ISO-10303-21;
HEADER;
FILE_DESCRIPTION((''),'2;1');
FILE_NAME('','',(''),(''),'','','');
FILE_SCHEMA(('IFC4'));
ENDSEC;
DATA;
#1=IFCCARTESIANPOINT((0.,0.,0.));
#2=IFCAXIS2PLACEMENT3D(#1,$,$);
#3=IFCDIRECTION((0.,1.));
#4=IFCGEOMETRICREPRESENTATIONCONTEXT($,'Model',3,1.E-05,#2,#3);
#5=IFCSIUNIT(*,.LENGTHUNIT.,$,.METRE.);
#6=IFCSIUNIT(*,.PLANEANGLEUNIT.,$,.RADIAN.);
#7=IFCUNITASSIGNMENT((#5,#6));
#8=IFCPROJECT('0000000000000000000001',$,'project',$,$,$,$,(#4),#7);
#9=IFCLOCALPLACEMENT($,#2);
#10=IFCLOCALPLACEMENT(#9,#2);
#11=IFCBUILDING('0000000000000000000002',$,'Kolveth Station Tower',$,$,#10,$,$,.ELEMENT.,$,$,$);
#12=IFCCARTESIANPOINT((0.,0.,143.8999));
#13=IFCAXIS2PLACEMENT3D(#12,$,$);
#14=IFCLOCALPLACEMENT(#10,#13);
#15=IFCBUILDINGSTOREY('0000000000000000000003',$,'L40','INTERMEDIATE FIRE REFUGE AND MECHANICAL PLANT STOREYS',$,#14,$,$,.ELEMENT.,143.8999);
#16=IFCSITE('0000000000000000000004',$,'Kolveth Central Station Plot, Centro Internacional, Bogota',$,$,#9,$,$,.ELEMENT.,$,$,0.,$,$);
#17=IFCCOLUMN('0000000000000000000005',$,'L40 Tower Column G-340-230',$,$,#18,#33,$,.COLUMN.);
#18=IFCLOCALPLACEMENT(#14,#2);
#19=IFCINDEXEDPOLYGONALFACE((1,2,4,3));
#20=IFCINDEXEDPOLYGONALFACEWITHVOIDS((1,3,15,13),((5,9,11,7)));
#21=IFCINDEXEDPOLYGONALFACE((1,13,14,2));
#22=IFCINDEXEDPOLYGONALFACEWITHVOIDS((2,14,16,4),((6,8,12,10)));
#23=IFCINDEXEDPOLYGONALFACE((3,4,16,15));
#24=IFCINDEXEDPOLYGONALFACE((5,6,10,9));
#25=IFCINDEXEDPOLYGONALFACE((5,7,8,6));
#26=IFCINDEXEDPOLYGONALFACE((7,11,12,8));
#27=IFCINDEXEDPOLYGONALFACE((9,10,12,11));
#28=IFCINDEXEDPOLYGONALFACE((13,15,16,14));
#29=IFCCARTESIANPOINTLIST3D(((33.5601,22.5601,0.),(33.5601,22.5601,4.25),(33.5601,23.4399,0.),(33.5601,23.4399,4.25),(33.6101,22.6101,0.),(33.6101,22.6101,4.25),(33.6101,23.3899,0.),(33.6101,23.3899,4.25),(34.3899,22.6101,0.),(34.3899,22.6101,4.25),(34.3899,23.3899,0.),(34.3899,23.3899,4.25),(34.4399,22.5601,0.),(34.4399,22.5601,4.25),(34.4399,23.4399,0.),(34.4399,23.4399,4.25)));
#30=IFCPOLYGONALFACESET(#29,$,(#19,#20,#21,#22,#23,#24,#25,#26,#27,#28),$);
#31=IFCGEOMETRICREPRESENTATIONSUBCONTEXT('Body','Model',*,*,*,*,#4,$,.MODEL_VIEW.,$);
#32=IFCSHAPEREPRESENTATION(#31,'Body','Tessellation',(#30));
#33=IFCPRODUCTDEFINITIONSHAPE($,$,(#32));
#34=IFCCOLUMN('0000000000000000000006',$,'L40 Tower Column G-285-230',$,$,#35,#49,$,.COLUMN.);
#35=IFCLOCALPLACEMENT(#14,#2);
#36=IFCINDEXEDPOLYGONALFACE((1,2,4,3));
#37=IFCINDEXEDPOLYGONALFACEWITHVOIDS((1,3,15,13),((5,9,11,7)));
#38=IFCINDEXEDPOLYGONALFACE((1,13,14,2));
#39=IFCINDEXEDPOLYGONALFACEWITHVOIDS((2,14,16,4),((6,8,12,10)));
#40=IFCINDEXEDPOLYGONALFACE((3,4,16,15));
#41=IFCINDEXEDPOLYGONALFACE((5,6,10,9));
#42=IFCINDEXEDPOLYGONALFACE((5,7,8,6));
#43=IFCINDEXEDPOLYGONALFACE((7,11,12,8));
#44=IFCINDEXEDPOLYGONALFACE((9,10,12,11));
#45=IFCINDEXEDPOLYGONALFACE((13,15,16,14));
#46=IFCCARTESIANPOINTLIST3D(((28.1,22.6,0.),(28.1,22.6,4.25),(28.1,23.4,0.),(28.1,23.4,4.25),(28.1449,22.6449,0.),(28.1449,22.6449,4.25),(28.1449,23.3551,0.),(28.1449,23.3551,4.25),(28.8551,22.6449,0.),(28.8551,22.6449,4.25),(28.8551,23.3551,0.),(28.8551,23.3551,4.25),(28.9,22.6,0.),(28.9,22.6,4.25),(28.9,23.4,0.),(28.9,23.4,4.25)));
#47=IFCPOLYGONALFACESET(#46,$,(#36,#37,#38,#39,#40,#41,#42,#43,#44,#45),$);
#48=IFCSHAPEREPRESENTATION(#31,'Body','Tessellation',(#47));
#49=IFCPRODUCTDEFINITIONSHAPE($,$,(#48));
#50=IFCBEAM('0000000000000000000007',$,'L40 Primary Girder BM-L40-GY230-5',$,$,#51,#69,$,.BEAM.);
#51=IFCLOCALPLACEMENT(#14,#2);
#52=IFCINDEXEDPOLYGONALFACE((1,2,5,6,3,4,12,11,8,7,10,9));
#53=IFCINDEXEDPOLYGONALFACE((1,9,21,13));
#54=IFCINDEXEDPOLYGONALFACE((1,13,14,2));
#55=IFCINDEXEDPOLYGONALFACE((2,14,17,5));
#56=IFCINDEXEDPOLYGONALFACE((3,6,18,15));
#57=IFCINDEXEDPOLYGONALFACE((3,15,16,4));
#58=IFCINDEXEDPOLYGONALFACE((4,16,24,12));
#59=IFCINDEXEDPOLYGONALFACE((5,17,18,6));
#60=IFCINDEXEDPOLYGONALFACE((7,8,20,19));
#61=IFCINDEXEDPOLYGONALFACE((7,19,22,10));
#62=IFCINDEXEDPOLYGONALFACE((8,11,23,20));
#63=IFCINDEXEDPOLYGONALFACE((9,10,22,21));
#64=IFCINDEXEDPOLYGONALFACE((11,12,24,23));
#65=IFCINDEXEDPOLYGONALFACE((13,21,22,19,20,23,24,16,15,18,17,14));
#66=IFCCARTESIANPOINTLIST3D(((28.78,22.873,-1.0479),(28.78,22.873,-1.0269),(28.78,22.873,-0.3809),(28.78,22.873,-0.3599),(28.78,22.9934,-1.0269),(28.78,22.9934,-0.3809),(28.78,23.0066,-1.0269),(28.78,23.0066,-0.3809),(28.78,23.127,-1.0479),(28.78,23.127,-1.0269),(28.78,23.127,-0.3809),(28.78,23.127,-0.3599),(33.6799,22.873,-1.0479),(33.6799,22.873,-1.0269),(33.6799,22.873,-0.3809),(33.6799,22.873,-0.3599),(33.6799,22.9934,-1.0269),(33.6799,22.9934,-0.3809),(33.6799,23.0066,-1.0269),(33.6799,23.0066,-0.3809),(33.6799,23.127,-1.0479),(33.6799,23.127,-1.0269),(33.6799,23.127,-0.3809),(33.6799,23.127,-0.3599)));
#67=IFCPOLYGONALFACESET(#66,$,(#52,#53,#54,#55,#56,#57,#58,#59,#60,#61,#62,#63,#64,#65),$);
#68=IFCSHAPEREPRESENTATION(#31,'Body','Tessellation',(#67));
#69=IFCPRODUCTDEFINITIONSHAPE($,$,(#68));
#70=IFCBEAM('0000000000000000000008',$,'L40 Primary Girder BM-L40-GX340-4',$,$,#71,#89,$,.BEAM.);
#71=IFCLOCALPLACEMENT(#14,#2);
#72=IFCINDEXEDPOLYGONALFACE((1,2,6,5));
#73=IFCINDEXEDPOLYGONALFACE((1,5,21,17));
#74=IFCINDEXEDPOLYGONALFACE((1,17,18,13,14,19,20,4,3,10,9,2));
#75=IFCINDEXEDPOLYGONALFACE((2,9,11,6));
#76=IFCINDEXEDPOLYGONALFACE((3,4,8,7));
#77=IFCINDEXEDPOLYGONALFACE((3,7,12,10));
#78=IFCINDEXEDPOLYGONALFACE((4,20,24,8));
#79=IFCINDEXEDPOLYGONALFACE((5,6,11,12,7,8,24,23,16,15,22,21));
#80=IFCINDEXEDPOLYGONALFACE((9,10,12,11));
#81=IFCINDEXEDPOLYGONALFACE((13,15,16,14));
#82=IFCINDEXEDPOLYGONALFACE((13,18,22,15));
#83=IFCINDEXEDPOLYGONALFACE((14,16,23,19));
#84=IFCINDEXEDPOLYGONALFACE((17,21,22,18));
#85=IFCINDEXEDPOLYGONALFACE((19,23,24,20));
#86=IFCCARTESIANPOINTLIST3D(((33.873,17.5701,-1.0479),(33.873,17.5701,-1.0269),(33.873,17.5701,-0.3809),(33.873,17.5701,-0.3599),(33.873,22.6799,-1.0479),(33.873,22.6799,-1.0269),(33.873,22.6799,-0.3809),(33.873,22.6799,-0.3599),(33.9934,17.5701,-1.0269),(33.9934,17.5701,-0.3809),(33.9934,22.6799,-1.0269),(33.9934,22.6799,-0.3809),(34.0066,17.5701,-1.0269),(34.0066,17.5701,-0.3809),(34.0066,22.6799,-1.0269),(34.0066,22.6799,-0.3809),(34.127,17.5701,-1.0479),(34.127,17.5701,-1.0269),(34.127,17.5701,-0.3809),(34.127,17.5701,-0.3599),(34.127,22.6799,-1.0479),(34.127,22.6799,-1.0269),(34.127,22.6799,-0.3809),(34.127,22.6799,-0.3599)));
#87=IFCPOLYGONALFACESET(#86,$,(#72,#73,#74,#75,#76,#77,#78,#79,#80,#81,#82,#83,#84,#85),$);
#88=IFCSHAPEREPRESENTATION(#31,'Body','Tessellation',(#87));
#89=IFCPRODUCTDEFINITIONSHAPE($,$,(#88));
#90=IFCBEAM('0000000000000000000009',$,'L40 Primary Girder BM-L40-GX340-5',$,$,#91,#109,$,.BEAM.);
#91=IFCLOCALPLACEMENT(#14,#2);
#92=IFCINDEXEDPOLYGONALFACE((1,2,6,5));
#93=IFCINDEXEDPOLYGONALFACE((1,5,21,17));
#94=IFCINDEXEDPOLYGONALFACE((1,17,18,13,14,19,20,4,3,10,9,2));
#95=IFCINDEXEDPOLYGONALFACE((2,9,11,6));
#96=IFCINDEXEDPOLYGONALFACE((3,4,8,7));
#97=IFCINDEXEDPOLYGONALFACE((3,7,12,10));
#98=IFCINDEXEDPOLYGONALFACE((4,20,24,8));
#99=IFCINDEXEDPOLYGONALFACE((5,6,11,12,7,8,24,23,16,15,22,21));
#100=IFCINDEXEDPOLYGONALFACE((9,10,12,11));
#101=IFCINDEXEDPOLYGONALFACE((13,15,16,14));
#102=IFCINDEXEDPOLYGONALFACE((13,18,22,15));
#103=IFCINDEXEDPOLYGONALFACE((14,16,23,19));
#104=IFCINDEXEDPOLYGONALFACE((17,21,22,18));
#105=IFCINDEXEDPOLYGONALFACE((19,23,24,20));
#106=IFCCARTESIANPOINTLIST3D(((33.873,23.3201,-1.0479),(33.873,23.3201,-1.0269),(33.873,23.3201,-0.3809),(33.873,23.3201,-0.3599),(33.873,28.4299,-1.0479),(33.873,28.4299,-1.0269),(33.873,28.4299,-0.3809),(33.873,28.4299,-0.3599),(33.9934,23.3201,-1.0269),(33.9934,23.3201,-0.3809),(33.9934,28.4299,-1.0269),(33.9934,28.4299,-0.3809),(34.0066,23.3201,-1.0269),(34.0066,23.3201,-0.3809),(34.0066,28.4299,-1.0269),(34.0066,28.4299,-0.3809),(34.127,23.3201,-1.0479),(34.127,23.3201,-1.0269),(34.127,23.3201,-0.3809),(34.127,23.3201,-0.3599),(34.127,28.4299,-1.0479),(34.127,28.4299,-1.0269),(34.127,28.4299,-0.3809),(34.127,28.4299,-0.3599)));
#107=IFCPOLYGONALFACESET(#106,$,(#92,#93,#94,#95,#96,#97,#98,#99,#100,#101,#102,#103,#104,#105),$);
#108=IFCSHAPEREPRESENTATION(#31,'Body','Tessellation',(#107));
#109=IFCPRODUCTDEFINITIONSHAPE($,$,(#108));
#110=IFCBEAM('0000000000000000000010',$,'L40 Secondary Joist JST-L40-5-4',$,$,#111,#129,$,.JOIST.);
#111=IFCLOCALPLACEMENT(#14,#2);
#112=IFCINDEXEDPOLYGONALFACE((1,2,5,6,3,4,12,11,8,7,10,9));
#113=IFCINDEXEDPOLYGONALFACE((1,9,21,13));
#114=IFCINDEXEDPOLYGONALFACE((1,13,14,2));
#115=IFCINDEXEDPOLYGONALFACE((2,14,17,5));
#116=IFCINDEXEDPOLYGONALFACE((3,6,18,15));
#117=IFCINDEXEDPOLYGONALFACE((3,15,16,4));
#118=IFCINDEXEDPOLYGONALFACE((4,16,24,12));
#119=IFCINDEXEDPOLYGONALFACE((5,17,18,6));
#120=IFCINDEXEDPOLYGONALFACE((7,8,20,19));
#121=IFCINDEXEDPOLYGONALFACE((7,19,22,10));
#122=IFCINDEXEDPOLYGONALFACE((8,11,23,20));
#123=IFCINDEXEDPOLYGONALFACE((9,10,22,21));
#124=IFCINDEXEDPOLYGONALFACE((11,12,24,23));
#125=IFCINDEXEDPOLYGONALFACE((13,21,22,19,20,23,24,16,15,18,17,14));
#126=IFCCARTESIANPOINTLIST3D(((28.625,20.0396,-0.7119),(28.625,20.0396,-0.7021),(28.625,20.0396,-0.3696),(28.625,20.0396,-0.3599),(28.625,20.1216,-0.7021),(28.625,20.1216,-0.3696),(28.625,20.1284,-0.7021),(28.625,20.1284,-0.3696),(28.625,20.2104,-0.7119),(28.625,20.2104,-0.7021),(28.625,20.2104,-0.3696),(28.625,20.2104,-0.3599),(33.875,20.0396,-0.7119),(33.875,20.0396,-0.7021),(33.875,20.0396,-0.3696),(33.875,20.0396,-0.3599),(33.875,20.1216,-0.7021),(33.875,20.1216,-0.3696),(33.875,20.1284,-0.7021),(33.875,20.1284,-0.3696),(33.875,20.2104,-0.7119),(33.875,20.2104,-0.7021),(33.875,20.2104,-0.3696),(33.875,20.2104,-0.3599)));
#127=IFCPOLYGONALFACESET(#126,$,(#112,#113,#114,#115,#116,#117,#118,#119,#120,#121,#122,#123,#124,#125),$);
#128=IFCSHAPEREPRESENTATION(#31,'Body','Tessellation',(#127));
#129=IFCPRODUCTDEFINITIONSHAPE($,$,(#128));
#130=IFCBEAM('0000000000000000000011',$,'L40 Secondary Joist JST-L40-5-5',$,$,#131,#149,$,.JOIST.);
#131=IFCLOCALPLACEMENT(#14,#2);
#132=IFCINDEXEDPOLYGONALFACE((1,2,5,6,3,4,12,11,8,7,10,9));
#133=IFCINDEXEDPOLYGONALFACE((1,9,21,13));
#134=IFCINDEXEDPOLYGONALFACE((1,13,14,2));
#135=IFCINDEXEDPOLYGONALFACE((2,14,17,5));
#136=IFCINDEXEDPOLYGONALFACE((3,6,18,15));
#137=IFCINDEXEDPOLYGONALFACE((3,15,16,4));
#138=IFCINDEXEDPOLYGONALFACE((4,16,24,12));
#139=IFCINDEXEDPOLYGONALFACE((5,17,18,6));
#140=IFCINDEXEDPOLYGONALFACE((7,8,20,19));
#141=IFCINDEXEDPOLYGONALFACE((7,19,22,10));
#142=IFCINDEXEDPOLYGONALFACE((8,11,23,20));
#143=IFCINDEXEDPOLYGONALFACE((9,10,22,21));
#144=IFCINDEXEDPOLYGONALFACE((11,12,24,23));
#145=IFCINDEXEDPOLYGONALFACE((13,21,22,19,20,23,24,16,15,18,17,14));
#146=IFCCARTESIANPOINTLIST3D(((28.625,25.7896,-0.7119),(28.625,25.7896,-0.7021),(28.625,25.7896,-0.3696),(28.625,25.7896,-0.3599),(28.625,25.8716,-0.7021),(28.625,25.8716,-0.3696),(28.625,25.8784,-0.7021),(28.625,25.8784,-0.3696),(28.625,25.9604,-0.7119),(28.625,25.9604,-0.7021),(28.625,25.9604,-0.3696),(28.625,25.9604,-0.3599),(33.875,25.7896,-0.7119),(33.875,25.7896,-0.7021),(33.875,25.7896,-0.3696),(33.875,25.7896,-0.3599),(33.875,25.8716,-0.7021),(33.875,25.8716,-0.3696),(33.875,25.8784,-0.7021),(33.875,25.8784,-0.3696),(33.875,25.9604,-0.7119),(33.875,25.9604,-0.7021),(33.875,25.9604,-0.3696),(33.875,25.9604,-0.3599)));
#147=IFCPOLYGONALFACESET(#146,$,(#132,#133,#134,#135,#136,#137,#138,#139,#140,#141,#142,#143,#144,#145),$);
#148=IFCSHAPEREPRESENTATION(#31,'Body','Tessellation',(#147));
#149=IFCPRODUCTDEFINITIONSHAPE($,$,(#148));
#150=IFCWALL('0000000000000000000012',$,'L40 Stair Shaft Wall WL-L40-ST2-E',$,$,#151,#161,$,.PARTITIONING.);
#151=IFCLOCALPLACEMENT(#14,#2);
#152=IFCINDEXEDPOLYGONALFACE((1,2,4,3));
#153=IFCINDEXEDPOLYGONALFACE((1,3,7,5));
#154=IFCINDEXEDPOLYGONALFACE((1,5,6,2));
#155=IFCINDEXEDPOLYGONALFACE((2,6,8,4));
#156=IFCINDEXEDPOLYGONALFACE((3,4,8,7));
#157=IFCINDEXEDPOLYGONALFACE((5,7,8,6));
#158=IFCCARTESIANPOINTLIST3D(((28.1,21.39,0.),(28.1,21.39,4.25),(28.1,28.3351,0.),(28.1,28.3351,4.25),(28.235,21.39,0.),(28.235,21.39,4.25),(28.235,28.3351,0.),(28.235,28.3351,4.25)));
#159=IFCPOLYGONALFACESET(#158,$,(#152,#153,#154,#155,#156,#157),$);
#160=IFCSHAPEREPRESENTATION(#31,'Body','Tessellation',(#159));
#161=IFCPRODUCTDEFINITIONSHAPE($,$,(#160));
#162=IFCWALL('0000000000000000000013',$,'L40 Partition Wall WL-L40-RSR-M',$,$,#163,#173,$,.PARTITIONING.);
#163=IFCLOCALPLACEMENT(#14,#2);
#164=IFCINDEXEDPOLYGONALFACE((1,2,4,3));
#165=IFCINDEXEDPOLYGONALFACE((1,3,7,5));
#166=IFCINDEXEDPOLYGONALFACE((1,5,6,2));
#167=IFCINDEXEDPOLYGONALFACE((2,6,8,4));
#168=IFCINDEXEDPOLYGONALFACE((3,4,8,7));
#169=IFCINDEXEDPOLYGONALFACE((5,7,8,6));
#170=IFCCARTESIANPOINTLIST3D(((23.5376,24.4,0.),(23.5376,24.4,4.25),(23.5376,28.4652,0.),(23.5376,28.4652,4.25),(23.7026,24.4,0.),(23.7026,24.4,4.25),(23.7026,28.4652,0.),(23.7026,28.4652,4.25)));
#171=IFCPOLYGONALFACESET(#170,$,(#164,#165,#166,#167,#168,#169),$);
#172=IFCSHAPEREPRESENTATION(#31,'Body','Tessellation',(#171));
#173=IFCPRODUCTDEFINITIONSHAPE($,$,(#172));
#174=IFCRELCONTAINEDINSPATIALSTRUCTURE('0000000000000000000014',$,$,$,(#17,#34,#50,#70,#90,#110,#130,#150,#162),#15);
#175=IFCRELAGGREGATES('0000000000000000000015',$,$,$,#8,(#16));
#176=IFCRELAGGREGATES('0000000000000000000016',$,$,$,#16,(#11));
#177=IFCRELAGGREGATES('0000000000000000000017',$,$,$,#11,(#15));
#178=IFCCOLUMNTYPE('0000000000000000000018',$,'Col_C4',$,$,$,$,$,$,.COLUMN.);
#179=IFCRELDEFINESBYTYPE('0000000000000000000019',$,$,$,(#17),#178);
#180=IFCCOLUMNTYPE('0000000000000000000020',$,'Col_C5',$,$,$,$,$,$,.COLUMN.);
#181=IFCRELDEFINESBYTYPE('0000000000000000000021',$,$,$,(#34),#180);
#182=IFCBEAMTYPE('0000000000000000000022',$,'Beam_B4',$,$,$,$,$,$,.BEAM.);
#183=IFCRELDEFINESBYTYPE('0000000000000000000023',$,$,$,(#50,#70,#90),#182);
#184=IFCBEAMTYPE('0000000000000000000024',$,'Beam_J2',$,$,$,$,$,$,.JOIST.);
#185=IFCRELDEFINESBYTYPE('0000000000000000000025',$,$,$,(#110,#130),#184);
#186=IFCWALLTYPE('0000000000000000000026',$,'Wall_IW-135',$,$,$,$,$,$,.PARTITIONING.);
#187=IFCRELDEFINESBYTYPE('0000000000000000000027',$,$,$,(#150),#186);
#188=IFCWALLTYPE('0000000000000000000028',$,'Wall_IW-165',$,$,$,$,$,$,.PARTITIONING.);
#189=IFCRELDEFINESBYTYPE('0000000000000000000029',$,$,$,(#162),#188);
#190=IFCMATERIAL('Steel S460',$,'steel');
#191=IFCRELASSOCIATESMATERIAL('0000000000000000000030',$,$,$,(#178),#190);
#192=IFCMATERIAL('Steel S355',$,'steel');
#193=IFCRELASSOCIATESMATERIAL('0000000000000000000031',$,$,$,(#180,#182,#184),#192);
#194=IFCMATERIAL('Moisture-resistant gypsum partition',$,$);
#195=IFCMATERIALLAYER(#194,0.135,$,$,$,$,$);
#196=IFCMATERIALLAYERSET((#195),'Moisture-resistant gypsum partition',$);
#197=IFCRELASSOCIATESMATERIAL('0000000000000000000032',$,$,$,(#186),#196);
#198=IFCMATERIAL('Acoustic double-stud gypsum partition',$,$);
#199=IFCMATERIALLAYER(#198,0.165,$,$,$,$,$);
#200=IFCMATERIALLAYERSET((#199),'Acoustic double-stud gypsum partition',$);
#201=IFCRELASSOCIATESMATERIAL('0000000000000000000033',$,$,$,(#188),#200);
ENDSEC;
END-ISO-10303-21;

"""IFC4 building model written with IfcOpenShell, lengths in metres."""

from ifc_helpers import new_model, si_unit, direction, frame, frame_2d, origin, origin_2d, place, context, subcontext, project, spatial, rectangle, hollow_rectangle, i_section, extrude, source, transform, mapped, material, layer, layer_set, material_profile, profile_set, type_object, element, save


model = new_model("IFC4")

# Units and contexts
model_context = context("Model", 3, precision=1e-05, world=origin(), true_north=direction((0.0, 1.0)))
body_context = subcontext(model_context, "Body", "Model", "MODEL_VIEW")
ifc_project = project(units=[si_unit("LENGTHUNIT", "METRE"), si_unit("PLANEANGLEUNIT", "RADIAN")], contexts=[model_context])

# Site, building, storey
site_placement = place(None, origin())
site = spatial("IfcSite", under=ifc_project, at=site_placement, Name="Kolveth Central Station Plot, Centro Internacional, Bogota", CompositionType="ELEMENT", RefElevation=0.0)
building_placement = place(site_placement, origin())
building = spatial("IfcBuilding", under=site, at=building_placement, Name="Kolveth Station Tower", CompositionType="ELEMENT")
storey_placement = place(building_placement, frame((0.0, 0.0, 143.8999)))
storey = spatial("IfcBuildingStorey", under=building, at=storey_placement, Name="L40", Description="INTERMEDIATE FIRE REFUGE AND MECHANICAL PLANT STOREYS", CompositionType="ELEMENT", Elevation=143.8999)

# Columns
ifc_material_1 = material(Name="Steel S460", Category="steel")
ifc_material_profile_1 = material_profile(ifc_material_1, hollow_rectangle(XDim=0.8799, YDim=0.8799, WallThickness=0.05, at=origin_2d()), Name="BOX880x880x50")
ifc_profile_set_1 = profile_set([ifc_material_profile_1], Name="Steel S460")
column_type_1 = type_object("IfcColumnType", Name="Col_C4", PredefinedType="COLUMN", material=ifc_profile_set_1)
shared_shape_1 = source(origin(), body_context, "Body", "SweptSolid", [
    extrude(hollow_rectangle(XDim=0.8799, YDim=0.8799, WallThickness=0.05, at=origin_2d()), origin(), (0.0, 0.0, 1.0), 4.25),
])
column_1_placement = place(storey_placement, frame((34.0, 23.0, 0.0), z_axis=(0.0, 0.0, 1.0), x_axis=(1.0, 0.0, 0.0)))
element("IfcColumn", 1, at=column_1_placement, inside=storey, type_object=column_type_1, Name="L40 Tower Column G-340-230", PredefinedType="COLUMN", context=body_context, shape_type="MappedRepresentation", body=[
    mapped(shared_shape_1, transform((0.0, 0.0, 0.0), x_axis=(1.0, 0.0, 0.0), y_axis=(0.0, 1.0, 0.0), z_axis=(0.0, 0.0, 1.0), scale=1.0)),
])
ifc_material_2 = material(Name="Steel S355", Category="steel")
ifc_material_profile_2 = material_profile(ifc_material_2, hollow_rectangle(XDim=0.8, YDim=0.8, WallThickness=0.0449, at=origin_2d()), Name="BOX800x800x45")
ifc_profile_set_2 = profile_set([ifc_material_profile_2], Name="Steel S355")
column_type_2 = type_object("IfcColumnType", Name="Col_C5", PredefinedType="COLUMN", material=ifc_profile_set_2)
shared_shape_2 = source(origin(), body_context, "Body", "SweptSolid", [
    extrude(hollow_rectangle(XDim=0.8, YDim=0.8, WallThickness=0.0449, at=origin_2d()), origin(), (0.0, 0.0, 1.0), 4.25),
])
column_2_placement = place(storey_placement, frame((28.5, 23.0, 0.0), z_axis=(0.0, 0.0, 1.0), x_axis=(1.0, 0.0, 0.0)))
element("IfcColumn", 2, at=column_2_placement, inside=storey, type_object=column_type_2, Name="L40 Tower Column G-285-230", PredefinedType="COLUMN", context=body_context, shape_type="MappedRepresentation", body=[
    mapped(shared_shape_2, transform((0.0, 0.0, 0.0), x_axis=(1.0, 0.0, 0.0), y_axis=(0.0, 1.0, 0.0), z_axis=(0.0, 0.0, 1.0), scale=1.0)),
])

# Beams
ifc_material_profile_3 = material_profile(ifc_material_2, i_section(OverallWidth=0.2539, OverallDepth=0.688, WebThickness=0.0132, FlangeThickness=0.021, at=origin_2d()), Name="W690x152")
ifc_profile_set_3 = profile_set([ifc_material_profile_3], Name="Steel S355")
beam_type_1 = type_object("IfcBeamType", Name="Beam_B4", PredefinedType="BEAM", material=ifc_profile_set_3)
shared_shape_3 = source(origin(), body_context, "Body", "SweptSolid", [
    extrude(i_section(OverallWidth=0.2539, OverallDepth=0.688, WebThickness=0.0132, FlangeThickness=0.021, at=origin_2d()), origin(), (0.0, 0.0, 1.0), 4.8999),
])
beam_placement = place(storey_placement, frame((28.78, 23.0, -0.7039), z_axis=(1.0, 0.0, 0.0), x_axis=(0.0, 1.0, 0.0)))
element("IfcBeam", 3, at=beam_placement, inside=storey, type_object=beam_type_1, Name="L40 Primary Girder BM-L40-GY230-5", PredefinedType="BEAM", context=body_context, shape_type="MappedRepresentation", body=[
    mapped(shared_shape_3, transform((0.0, 0.0, 0.0), x_axis=(1.0, 0.0, 0.0), y_axis=(0.0, 1.0, 0.0), z_axis=(0.0, 0.0, 1.0), scale=1.0)),
])
shared_shape_4 = source(origin(), body_context, "Body", "SweptSolid", [
    extrude(i_section(OverallWidth=0.2539, OverallDepth=0.688, WebThickness=0.0132, FlangeThickness=0.021, at=origin_2d()), origin(), (0.0, 0.0, 1.0), 5.1099),
])
for number, where, z_axis, x_axis, name in (
    (4, (34.0, 17.5701, -0.7039), (0.0, 1.0, 0.0), (-1.0, 0.0, 0.0), "L40 Primary Girder BM-L40-GX340-4"),
    (5, (34.0, 23.3201, -0.7039), (0.0, 1.0, 0.0), (-1.0, 0.0, 0.0), "L40 Primary Girder BM-L40-GX340-5"),
):
    element("IfcBeam", number, at=place(storey_placement, frame(where, z_axis=z_axis, x_axis=x_axis)), inside=storey, type_object=beam_type_1, Name=name, PredefinedType="BEAM", context=body_context, shape_type="MappedRepresentation", body=[
        mapped(shared_shape_4, transform((0.0, 0.0, 0.0), x_axis=(1.0, 0.0, 0.0), y_axis=(0.0, 1.0, 0.0), z_axis=(0.0, 0.0, 1.0), scale=1.0)),
    ])
ifc_material_profile_4 = material_profile(ifc_material_2, i_section(OverallWidth=0.1709, OverallDepth=0.3521, WebThickness=0.0068, FlangeThickness=0.0098, at=origin_2d()), Name="W360x44")
ifc_profile_set_4 = profile_set([ifc_material_profile_4], Name="Steel S355")
beam_type_2 = type_object("IfcBeamType", Name="Beam_J2", PredefinedType="JOIST", material=ifc_profile_set_4)
shared_shape_5 = source(origin(), body_context, "Body", "SweptSolid", [
    extrude(i_section(OverallWidth=0.1709, OverallDepth=0.3521, WebThickness=0.0068, FlangeThickness=0.0098, at=origin_2d()), origin(), (0.0, 0.0, 1.0), 5.25),
])
for number, where, z_axis, x_axis, name in (
    (6, (28.625, 20.125, -0.5359), (1.0, 0.0, 0.0), (0.0, 1.0, 0.0), "L40 Secondary Joist JST-L40-5-4"),
    (7, (28.625, 25.875, -0.5359), (1.0, 0.0, 0.0), (0.0, 1.0, 0.0), "L40 Secondary Joist JST-L40-5-5"),
):
    element("IfcBeam", number, at=place(storey_placement, frame(where, z_axis=z_axis, x_axis=x_axis)), inside=storey, type_object=beam_type_2, Name=name, PredefinedType="JOIST", context=body_context, shape_type="MappedRepresentation", body=[
        mapped(shared_shape_5, transform((0.0, 0.0, 0.0), x_axis=(1.0, 0.0, 0.0), y_axis=(0.0, 1.0, 0.0), z_axis=(0.0, 0.0, 1.0), scale=1.0)),
    ])

# Walls
ifc_material_3 = material(Name="Moisture-resistant gypsum partition")
ifc_layer_1 = layer(ifc_material_3, 0.135)
ifc_layer_set_1 = layer_set([ifc_layer_1], Name="Moisture-resistant gypsum partition")
wall_type_1 = type_object("IfcWallType", Name="Wall_IW-135", PredefinedType="PARTITIONING", material=ifc_layer_set_1)
wall_1_placement = place(storey_placement, frame((28.1675, 21.3899, 0.0), z_axis=(0.0, 0.0, 1.0), x_axis=(0.0, 1.0, 0.0)))
element("IfcWall", 8, at=wall_1_placement, inside=storey, type_object=wall_type_1, Name="L40 Stair Shaft Wall WL-L40-ST2-E", PredefinedType="PARTITIONING", context=body_context, shape_type="SweptSolid", body=[
    extrude(rectangle(XDim=6.9451, YDim=0.135, at=frame_2d((3.4727, 0.0))), origin(), (0.0, 0.0, 1.0), 4.25),
])
ifc_material_4 = material(Name="Acoustic double-stud gypsum partition")
ifc_layer_2 = layer(ifc_material_4, 0.165)
ifc_layer_set_2 = layer_set([ifc_layer_2], Name="Acoustic double-stud gypsum partition")
wall_type_2 = type_object("IfcWallType", Name="Wall_IW-165", PredefinedType="PARTITIONING", material=ifc_layer_set_2)
wall_2_placement = place(storey_placement, frame((23.6201, 24.3999, 0.0), z_axis=(0.0, 0.0, 1.0), x_axis=(0.0, 1.0, 0.0)))
element("IfcWall", 9, at=wall_2_placement, inside=storey, type_object=wall_type_2, Name="L40 Partition Wall WL-L40-RSR-M", PredefinedType="PARTITIONING", context=body_context, shape_type="SweptSolid", body=[
    extrude(rectangle(XDim=4.0652, YDim=0.165, at=frame_2d((2.0327, 0.0))), origin(), (0.0, 0.0, 1.0), 4.25),
])

save(model, "model.ifc")
